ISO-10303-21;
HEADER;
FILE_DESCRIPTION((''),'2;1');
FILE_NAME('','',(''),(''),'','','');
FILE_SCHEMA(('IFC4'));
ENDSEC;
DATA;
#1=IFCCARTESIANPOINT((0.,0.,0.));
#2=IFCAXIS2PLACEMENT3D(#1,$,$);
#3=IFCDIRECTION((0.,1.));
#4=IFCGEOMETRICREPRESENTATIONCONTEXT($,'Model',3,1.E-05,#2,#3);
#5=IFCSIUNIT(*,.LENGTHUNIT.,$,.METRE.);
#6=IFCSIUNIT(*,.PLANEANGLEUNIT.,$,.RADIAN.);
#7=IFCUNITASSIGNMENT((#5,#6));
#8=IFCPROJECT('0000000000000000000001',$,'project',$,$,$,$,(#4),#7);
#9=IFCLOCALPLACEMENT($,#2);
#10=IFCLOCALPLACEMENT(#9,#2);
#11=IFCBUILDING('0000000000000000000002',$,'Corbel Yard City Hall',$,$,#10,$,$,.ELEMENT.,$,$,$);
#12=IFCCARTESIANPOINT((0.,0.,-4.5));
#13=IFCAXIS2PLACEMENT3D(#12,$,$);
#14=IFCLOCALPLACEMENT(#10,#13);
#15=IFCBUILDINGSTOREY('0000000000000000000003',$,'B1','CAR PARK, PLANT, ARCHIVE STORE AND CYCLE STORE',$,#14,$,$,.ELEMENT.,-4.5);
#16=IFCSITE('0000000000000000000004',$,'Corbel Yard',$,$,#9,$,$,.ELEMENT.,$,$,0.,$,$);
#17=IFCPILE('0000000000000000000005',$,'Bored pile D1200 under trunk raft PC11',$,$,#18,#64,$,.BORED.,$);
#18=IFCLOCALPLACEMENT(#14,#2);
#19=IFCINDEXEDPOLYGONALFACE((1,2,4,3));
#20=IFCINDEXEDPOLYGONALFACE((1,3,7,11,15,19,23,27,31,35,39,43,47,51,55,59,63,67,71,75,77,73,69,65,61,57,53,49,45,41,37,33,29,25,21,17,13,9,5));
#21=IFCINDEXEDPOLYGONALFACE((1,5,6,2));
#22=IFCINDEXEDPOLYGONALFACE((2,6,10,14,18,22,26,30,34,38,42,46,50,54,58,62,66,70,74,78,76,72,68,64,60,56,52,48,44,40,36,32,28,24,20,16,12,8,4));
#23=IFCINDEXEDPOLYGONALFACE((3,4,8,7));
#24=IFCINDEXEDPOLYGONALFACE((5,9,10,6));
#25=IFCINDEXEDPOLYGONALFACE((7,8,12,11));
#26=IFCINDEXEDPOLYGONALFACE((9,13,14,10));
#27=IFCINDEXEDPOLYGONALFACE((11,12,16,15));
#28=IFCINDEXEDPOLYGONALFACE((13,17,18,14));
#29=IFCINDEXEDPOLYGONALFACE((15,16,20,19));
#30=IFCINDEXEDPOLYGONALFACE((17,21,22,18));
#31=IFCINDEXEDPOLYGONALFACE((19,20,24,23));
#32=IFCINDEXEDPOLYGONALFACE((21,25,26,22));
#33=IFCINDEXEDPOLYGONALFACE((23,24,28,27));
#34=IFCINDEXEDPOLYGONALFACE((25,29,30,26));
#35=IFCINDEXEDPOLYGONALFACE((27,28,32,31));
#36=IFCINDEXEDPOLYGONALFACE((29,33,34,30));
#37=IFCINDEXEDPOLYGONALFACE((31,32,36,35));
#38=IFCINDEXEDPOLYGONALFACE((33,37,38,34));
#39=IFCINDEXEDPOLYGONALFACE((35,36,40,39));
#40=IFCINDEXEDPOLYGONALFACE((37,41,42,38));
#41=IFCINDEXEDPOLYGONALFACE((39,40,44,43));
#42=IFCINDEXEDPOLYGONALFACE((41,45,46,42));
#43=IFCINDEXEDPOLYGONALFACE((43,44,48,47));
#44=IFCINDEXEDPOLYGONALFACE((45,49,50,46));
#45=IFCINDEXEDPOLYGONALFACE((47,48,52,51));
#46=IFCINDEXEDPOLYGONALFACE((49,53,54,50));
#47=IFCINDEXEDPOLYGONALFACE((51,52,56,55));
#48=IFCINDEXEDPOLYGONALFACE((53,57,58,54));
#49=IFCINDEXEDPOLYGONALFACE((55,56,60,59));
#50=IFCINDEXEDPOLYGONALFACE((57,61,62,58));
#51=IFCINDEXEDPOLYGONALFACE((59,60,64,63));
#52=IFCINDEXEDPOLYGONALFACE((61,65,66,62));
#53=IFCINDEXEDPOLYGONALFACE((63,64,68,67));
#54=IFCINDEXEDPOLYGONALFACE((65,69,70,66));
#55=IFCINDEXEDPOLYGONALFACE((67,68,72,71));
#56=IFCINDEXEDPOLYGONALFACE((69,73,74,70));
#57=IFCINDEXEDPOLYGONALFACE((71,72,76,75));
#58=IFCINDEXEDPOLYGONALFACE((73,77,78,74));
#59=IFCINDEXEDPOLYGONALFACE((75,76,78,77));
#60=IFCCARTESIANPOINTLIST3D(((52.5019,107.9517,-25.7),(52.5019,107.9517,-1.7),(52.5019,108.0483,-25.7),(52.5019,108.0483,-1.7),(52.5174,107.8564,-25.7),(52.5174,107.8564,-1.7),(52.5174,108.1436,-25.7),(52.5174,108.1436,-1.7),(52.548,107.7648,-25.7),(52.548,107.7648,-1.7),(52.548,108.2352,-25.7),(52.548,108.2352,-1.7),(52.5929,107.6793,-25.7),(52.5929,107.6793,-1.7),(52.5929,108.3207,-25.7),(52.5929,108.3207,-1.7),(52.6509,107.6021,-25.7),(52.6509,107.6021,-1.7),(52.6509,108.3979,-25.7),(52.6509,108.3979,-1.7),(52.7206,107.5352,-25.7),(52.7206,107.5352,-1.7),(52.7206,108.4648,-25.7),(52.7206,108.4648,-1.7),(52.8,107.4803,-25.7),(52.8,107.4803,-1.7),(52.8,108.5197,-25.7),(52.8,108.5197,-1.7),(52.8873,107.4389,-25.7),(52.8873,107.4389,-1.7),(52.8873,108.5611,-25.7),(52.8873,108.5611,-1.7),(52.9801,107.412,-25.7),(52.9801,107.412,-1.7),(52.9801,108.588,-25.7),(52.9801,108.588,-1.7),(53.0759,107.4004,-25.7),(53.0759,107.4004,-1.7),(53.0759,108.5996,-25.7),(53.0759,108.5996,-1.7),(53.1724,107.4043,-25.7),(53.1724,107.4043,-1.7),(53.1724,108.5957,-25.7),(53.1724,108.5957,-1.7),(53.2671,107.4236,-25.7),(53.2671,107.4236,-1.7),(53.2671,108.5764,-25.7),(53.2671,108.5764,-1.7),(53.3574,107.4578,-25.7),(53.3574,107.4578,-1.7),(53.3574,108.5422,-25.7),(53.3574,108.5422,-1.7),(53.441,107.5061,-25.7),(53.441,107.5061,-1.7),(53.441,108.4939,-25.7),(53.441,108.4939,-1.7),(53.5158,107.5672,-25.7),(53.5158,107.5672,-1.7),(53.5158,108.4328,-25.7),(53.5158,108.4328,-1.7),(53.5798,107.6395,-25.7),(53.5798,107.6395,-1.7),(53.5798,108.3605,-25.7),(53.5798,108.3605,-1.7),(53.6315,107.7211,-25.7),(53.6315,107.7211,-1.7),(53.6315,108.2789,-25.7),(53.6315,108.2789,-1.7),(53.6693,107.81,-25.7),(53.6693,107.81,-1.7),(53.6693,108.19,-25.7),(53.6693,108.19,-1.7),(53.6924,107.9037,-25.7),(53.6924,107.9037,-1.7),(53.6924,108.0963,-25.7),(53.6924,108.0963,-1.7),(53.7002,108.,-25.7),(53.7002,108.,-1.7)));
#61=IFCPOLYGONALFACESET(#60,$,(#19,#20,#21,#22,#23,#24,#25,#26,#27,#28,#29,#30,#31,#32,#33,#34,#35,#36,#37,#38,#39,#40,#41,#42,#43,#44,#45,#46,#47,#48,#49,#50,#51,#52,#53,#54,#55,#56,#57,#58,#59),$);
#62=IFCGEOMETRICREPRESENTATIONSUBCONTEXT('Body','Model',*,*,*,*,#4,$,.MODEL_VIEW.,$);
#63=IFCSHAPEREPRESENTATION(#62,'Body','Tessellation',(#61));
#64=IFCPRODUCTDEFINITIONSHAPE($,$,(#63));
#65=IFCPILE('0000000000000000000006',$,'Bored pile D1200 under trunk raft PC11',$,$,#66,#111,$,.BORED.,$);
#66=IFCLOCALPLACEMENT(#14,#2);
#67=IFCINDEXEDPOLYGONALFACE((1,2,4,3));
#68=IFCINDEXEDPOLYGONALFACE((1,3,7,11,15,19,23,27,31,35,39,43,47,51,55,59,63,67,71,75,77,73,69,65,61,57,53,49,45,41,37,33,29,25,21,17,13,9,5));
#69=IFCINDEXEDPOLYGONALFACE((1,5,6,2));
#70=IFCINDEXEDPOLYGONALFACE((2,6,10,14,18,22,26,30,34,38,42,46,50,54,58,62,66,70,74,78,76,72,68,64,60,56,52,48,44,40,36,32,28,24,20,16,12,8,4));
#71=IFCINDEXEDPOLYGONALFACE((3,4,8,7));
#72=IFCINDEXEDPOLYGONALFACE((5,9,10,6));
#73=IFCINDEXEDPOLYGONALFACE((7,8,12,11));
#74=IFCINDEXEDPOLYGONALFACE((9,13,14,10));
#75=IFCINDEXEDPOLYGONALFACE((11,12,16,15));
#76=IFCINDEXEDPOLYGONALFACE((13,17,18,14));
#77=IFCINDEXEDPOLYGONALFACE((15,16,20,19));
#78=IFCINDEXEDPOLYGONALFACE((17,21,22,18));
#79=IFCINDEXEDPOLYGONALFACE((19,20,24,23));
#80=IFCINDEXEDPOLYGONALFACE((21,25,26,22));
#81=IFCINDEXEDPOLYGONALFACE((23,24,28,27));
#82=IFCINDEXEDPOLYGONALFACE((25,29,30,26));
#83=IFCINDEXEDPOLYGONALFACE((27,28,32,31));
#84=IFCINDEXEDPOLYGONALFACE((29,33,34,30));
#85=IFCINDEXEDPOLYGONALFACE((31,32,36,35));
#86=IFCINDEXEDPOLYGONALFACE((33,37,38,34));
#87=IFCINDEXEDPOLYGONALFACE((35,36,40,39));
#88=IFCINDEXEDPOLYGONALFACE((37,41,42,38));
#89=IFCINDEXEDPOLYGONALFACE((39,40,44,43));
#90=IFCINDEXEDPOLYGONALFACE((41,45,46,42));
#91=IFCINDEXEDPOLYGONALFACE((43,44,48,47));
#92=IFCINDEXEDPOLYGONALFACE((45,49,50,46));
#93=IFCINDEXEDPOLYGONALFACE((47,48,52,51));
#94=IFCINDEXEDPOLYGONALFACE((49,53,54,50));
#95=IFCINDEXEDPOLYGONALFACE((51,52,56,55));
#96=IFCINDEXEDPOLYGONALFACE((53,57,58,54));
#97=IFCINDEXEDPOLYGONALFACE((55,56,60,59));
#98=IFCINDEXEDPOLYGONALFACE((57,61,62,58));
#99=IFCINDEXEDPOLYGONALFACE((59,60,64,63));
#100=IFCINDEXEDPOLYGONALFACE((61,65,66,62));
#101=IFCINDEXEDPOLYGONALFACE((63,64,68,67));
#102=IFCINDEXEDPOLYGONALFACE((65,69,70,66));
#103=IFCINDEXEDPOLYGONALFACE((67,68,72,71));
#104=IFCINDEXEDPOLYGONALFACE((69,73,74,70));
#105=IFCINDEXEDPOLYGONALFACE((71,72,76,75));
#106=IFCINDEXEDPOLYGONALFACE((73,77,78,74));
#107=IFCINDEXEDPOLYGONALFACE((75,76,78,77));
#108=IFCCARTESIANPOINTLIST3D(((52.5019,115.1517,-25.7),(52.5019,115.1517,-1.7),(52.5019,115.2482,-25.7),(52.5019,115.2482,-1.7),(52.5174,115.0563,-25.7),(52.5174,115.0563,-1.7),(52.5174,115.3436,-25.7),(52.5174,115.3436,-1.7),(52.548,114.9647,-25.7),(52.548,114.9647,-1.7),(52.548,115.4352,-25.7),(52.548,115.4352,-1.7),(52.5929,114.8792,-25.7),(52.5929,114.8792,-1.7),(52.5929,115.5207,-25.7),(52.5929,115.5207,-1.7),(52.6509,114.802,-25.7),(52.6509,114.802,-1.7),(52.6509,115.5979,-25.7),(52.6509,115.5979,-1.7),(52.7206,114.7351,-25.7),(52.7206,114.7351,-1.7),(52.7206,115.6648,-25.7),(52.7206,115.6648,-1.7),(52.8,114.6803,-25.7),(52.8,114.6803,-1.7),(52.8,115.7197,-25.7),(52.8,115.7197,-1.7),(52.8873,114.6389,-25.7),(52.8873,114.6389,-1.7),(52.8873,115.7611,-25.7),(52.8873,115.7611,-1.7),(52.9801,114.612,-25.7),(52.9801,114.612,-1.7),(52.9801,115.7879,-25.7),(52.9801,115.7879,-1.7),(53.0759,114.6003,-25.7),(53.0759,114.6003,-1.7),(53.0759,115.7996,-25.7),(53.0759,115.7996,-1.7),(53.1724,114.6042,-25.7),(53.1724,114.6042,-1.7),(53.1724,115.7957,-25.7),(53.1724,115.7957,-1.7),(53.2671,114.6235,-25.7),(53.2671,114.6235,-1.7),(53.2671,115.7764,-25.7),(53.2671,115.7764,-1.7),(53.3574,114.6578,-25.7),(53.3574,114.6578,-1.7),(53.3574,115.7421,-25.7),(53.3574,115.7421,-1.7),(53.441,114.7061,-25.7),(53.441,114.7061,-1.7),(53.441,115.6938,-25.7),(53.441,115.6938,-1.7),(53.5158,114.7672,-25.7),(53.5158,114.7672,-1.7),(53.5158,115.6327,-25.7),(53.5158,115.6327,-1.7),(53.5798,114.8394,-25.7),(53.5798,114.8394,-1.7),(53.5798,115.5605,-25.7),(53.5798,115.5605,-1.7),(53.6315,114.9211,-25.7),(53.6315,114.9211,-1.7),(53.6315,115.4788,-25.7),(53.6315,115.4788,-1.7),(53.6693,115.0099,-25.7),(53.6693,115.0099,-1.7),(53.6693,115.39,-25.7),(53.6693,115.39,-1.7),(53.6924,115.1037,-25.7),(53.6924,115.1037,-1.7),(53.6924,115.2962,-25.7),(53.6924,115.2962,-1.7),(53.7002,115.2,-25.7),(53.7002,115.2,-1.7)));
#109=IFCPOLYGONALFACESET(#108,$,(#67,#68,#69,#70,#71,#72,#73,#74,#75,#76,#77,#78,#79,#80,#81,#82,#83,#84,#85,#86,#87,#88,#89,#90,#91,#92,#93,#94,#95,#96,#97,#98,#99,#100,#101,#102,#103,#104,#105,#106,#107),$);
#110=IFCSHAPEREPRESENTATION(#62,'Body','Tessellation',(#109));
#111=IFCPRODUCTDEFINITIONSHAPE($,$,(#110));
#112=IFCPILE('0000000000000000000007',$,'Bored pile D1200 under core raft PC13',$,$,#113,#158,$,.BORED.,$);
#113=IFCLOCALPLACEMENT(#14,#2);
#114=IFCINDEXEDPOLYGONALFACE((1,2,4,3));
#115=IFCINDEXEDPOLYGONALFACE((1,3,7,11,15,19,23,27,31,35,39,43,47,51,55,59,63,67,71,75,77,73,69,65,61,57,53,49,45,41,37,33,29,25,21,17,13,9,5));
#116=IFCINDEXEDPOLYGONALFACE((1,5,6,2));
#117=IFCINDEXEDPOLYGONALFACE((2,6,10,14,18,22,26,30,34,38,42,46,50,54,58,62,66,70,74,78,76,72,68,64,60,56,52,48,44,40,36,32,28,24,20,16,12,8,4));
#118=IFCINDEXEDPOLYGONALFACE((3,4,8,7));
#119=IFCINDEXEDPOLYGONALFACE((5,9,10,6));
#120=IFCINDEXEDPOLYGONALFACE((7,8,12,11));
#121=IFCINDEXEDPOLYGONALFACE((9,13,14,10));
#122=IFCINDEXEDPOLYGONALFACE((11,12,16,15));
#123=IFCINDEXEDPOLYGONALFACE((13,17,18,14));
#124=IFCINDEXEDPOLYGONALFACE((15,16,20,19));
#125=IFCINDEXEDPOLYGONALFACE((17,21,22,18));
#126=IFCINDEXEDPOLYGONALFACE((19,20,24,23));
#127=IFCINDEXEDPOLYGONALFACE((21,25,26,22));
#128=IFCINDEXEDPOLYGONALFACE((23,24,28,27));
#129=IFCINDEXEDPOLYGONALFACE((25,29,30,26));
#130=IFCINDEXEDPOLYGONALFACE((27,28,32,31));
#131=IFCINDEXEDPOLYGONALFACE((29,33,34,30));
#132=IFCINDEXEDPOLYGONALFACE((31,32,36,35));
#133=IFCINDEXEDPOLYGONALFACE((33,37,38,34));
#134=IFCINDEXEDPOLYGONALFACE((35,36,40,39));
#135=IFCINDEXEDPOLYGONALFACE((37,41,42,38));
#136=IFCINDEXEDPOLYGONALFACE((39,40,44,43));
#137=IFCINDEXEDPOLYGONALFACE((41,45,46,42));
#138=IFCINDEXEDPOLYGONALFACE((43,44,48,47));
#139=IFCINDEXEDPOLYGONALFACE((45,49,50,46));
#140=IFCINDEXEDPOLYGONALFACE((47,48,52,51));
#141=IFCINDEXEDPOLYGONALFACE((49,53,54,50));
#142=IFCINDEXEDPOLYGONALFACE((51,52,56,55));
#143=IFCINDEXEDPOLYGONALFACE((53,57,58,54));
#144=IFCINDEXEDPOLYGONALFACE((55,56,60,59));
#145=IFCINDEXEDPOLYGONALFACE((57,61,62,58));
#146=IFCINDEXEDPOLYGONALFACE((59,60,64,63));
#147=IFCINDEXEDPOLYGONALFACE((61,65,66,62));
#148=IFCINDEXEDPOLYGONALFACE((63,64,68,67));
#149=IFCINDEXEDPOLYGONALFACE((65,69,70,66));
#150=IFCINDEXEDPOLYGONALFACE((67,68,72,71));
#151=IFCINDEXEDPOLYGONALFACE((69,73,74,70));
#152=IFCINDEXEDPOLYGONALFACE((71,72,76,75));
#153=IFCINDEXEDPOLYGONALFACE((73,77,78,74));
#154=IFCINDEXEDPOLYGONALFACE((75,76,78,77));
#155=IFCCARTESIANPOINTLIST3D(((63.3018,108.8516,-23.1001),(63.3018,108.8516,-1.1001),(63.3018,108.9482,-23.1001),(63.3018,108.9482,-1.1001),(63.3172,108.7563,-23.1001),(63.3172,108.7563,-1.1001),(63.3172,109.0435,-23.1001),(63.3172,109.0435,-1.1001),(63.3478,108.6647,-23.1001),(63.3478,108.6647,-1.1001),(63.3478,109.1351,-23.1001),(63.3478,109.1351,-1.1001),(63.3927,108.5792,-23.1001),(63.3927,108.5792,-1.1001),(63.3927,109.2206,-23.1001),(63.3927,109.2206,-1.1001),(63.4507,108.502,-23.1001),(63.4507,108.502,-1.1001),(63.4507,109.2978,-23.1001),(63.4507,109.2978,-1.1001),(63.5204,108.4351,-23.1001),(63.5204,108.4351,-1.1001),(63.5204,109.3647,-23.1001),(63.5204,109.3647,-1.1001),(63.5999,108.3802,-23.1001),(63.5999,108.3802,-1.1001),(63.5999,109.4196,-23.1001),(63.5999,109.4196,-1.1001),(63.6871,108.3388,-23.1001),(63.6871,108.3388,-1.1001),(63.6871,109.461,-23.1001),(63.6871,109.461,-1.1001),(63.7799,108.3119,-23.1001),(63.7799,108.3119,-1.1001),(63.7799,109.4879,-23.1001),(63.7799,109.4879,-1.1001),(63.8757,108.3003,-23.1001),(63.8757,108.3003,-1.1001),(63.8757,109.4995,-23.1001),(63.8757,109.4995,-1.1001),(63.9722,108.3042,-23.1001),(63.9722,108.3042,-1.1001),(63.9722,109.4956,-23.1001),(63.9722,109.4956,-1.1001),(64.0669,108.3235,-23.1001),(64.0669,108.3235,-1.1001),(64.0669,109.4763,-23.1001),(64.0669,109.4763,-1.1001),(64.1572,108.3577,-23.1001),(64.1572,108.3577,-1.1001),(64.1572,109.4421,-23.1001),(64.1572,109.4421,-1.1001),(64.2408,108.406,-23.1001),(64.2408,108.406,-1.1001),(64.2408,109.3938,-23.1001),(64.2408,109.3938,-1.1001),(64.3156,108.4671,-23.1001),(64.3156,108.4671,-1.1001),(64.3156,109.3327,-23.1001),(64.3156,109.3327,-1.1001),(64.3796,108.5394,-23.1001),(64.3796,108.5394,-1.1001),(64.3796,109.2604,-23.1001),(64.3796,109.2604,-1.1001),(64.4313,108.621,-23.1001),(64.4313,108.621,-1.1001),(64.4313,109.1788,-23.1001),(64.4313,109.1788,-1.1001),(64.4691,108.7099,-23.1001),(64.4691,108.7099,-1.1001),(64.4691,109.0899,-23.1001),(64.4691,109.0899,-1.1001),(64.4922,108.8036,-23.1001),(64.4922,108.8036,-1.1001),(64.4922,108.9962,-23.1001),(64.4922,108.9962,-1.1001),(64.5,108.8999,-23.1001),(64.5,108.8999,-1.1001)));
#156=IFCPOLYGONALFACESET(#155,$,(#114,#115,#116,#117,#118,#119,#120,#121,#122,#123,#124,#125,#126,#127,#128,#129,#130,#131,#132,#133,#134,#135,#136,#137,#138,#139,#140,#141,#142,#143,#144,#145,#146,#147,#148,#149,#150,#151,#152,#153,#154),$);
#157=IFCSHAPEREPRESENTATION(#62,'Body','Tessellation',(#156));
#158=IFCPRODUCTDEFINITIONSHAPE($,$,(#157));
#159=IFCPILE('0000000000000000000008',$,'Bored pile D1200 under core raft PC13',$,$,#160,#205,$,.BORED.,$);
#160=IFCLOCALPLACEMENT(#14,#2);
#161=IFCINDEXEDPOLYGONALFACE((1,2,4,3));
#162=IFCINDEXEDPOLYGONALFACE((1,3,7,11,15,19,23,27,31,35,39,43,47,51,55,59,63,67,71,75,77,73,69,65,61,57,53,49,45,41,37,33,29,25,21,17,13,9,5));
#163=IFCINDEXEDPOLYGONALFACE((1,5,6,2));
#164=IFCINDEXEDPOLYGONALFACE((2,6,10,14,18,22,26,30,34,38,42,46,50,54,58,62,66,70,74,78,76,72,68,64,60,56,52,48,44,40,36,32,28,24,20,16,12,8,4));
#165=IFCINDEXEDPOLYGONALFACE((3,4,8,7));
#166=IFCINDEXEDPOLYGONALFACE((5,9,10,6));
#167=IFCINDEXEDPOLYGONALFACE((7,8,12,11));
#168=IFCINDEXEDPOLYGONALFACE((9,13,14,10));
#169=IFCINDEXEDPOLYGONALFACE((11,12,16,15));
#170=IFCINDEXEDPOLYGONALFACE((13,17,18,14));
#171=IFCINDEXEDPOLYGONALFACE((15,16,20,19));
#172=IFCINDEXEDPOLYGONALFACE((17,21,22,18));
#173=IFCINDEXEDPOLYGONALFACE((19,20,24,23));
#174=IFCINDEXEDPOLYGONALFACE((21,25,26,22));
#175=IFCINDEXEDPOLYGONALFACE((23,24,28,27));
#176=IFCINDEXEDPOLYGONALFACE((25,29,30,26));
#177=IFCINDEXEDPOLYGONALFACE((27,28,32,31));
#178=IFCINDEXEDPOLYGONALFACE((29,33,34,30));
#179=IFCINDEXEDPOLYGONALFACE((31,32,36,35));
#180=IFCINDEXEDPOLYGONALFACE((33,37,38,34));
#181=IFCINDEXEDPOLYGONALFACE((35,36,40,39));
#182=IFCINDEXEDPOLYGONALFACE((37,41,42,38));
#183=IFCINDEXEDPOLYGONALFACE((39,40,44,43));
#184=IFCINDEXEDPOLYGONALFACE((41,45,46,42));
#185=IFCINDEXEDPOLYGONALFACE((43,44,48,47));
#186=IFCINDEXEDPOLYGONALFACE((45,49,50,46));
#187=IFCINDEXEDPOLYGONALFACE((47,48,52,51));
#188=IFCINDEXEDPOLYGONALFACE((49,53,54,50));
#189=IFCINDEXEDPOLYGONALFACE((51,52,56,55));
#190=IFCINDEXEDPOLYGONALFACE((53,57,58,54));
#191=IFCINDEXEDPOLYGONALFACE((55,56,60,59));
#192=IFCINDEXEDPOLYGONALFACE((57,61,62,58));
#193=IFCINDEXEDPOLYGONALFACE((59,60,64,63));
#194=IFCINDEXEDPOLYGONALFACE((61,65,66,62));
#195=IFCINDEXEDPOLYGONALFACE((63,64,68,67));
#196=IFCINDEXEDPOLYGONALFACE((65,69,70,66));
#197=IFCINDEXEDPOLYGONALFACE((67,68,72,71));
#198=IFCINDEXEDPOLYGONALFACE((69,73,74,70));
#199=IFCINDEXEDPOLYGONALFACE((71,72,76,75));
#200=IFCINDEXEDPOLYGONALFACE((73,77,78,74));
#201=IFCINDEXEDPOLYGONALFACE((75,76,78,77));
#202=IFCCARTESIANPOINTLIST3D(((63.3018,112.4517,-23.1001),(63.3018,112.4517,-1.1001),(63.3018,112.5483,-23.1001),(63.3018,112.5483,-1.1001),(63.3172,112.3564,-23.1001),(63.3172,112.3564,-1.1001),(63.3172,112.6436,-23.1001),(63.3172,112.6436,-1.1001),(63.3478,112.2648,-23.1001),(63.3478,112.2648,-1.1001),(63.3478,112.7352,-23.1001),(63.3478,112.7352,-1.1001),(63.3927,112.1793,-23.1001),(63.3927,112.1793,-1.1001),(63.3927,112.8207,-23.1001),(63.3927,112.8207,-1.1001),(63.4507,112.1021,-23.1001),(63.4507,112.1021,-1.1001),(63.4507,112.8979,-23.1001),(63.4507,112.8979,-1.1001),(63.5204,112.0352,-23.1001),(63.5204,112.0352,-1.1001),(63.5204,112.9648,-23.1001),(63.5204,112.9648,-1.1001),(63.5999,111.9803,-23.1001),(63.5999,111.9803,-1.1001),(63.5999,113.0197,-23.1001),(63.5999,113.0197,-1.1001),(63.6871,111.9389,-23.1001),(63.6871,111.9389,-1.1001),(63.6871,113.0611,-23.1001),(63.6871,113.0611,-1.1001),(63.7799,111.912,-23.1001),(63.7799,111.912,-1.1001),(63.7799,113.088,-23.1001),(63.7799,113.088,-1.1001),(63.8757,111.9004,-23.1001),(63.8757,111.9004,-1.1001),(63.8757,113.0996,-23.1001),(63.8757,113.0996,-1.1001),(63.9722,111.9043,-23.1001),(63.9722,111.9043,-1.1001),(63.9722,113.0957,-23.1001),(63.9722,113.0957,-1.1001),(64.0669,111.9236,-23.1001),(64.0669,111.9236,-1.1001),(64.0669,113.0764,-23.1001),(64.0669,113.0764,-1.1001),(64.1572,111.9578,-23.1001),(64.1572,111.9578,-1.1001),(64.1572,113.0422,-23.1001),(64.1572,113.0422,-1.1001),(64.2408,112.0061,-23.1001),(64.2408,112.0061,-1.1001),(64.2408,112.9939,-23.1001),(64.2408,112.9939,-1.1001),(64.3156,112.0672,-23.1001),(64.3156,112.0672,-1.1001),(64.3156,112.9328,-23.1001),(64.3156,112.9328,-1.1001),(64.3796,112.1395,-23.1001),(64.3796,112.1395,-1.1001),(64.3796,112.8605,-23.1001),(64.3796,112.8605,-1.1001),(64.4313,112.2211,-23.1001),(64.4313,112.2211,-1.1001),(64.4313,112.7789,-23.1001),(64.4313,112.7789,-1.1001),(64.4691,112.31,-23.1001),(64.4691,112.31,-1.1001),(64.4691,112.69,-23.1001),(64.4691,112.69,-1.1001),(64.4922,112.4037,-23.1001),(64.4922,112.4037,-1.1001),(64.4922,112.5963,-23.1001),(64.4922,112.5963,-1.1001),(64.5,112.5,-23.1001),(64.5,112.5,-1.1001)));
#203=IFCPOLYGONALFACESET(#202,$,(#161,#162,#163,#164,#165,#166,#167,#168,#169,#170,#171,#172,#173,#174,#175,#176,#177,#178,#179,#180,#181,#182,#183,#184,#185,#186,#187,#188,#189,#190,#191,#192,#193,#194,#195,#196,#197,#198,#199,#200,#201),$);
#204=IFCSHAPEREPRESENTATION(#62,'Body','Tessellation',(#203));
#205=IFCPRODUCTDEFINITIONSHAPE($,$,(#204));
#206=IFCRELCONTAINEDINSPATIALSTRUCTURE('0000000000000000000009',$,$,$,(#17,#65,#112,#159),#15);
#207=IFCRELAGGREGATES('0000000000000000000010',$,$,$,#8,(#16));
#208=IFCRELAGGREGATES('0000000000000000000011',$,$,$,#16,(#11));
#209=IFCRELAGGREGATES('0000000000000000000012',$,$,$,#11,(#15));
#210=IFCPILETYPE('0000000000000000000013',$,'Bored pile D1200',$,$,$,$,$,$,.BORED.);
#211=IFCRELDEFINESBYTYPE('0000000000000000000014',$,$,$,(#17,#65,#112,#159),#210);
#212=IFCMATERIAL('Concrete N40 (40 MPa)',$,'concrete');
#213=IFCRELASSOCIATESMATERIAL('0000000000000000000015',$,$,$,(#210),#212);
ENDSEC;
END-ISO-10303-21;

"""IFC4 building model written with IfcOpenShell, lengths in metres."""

from ifc_helpers import new_model, si_unit, direction, frame, origin, origin_2d, place, context, subcontext, project, spatial, circle, extrude, material, material_profile, profile_set, type_object, element, save


model = new_model("IFC4")

# Units and contexts
model_context = context("Model", 3, precision=1e-05, world=origin(), true_north=direction((0.0, 1.0)))
body_context = subcontext(model_context, "Body", "Model", "MODEL_VIEW")
ifc_project = project(units=[si_unit("LENGTHUNIT", "METRE"), si_unit("PLANEANGLEUNIT", "RADIAN")], contexts=[model_context])

# Site, building, storey
site_placement = place(None, origin())
site = spatial("IfcSite", under=ifc_project, at=site_placement, Name="Corbel Yard", CompositionType="ELEMENT", RefElevation=0.0)
building_placement = place(site_placement, origin())
building = spatial("IfcBuilding", under=site, at=building_placement, Name="Corbel Yard City Hall", CompositionType="ELEMENT")
storey_placement = place(building_placement, frame((0.0, 0.0, -4.5)))
storey = spatial("IfcBuildingStorey", under=building, at=storey_placement, Name="B1", Description="CAR PARK, PLANT, ARCHIVE STORE AND CYCLE STORE", CompositionType="ELEMENT", Elevation=-4.5)

# Piles
ifc_material_1 = material(Name="Concrete N40 (40 MPa)", Category="concrete")
ifc_material_profile_1 = material_profile(ifc_material_1, circle(Radius=0.6001, at=origin_2d()), Name="D1200")
ifc_profile_set_1 = profile_set([ifc_material_profile_1], Name="Concrete N40 (40 MPa)")
pile_type_1 = type_object("IfcPileType", Name="Bored pile D1200", PredefinedType="BORED", material=ifc_profile_set_1)
for number, where, z_axis, x_axis, name in (
    (1, (53.1001, 108.0, -1.7), (0.0, 0.0, -1.0), (1.0, 0.0, 0.0), "Bored pile D1200 under trunk raft PC11"),
    (2, (53.1001, 115.2, -1.7), (0.0, 0.0, -1.0), (1.0, 0.0, 0.0), "Bored pile D1200 under trunk raft PC11"),
):
    element("IfcPile", number, at=place(storey_placement, frame(where, z_axis=z_axis, x_axis=x_axis)), inside=storey, type_object=pile_type_1, Name=name, PredefinedType="BORED", context=body_context, shape_type="SweptSolid", body=[
        extrude(circle(Radius=0.6001, at=origin_2d()), origin(), (0.0, 0.0, 1.0), 24.0),
    ])
for number, where, z_axis, x_axis, name in (
    (3, (63.8999, 108.8999, -1.1001), (0.0, 0.0, -1.0), (1.0, 0.0, 0.0), "Bored pile D1200 under core raft PC13"),
    (4, (63.8999, 112.5, -1.1001), (0.0, 0.0, -1.0), (1.0, 0.0, 0.0), "Bored pile D1200 under core raft PC13"),
):
    element("IfcPile", number, at=place(storey_placement, frame(where, z_axis=z_axis, x_axis=x_axis)), inside=storey, type_object=pile_type_1, Name=name, PredefinedType="BORED", context=body_context, shape_type="SweptSolid", body=[
        extrude(circle(Radius=0.6001, at=origin_2d()), origin(), (0.0, 0.0, 1.0), 22.0),
    ])

save(model, "model.ifc")
